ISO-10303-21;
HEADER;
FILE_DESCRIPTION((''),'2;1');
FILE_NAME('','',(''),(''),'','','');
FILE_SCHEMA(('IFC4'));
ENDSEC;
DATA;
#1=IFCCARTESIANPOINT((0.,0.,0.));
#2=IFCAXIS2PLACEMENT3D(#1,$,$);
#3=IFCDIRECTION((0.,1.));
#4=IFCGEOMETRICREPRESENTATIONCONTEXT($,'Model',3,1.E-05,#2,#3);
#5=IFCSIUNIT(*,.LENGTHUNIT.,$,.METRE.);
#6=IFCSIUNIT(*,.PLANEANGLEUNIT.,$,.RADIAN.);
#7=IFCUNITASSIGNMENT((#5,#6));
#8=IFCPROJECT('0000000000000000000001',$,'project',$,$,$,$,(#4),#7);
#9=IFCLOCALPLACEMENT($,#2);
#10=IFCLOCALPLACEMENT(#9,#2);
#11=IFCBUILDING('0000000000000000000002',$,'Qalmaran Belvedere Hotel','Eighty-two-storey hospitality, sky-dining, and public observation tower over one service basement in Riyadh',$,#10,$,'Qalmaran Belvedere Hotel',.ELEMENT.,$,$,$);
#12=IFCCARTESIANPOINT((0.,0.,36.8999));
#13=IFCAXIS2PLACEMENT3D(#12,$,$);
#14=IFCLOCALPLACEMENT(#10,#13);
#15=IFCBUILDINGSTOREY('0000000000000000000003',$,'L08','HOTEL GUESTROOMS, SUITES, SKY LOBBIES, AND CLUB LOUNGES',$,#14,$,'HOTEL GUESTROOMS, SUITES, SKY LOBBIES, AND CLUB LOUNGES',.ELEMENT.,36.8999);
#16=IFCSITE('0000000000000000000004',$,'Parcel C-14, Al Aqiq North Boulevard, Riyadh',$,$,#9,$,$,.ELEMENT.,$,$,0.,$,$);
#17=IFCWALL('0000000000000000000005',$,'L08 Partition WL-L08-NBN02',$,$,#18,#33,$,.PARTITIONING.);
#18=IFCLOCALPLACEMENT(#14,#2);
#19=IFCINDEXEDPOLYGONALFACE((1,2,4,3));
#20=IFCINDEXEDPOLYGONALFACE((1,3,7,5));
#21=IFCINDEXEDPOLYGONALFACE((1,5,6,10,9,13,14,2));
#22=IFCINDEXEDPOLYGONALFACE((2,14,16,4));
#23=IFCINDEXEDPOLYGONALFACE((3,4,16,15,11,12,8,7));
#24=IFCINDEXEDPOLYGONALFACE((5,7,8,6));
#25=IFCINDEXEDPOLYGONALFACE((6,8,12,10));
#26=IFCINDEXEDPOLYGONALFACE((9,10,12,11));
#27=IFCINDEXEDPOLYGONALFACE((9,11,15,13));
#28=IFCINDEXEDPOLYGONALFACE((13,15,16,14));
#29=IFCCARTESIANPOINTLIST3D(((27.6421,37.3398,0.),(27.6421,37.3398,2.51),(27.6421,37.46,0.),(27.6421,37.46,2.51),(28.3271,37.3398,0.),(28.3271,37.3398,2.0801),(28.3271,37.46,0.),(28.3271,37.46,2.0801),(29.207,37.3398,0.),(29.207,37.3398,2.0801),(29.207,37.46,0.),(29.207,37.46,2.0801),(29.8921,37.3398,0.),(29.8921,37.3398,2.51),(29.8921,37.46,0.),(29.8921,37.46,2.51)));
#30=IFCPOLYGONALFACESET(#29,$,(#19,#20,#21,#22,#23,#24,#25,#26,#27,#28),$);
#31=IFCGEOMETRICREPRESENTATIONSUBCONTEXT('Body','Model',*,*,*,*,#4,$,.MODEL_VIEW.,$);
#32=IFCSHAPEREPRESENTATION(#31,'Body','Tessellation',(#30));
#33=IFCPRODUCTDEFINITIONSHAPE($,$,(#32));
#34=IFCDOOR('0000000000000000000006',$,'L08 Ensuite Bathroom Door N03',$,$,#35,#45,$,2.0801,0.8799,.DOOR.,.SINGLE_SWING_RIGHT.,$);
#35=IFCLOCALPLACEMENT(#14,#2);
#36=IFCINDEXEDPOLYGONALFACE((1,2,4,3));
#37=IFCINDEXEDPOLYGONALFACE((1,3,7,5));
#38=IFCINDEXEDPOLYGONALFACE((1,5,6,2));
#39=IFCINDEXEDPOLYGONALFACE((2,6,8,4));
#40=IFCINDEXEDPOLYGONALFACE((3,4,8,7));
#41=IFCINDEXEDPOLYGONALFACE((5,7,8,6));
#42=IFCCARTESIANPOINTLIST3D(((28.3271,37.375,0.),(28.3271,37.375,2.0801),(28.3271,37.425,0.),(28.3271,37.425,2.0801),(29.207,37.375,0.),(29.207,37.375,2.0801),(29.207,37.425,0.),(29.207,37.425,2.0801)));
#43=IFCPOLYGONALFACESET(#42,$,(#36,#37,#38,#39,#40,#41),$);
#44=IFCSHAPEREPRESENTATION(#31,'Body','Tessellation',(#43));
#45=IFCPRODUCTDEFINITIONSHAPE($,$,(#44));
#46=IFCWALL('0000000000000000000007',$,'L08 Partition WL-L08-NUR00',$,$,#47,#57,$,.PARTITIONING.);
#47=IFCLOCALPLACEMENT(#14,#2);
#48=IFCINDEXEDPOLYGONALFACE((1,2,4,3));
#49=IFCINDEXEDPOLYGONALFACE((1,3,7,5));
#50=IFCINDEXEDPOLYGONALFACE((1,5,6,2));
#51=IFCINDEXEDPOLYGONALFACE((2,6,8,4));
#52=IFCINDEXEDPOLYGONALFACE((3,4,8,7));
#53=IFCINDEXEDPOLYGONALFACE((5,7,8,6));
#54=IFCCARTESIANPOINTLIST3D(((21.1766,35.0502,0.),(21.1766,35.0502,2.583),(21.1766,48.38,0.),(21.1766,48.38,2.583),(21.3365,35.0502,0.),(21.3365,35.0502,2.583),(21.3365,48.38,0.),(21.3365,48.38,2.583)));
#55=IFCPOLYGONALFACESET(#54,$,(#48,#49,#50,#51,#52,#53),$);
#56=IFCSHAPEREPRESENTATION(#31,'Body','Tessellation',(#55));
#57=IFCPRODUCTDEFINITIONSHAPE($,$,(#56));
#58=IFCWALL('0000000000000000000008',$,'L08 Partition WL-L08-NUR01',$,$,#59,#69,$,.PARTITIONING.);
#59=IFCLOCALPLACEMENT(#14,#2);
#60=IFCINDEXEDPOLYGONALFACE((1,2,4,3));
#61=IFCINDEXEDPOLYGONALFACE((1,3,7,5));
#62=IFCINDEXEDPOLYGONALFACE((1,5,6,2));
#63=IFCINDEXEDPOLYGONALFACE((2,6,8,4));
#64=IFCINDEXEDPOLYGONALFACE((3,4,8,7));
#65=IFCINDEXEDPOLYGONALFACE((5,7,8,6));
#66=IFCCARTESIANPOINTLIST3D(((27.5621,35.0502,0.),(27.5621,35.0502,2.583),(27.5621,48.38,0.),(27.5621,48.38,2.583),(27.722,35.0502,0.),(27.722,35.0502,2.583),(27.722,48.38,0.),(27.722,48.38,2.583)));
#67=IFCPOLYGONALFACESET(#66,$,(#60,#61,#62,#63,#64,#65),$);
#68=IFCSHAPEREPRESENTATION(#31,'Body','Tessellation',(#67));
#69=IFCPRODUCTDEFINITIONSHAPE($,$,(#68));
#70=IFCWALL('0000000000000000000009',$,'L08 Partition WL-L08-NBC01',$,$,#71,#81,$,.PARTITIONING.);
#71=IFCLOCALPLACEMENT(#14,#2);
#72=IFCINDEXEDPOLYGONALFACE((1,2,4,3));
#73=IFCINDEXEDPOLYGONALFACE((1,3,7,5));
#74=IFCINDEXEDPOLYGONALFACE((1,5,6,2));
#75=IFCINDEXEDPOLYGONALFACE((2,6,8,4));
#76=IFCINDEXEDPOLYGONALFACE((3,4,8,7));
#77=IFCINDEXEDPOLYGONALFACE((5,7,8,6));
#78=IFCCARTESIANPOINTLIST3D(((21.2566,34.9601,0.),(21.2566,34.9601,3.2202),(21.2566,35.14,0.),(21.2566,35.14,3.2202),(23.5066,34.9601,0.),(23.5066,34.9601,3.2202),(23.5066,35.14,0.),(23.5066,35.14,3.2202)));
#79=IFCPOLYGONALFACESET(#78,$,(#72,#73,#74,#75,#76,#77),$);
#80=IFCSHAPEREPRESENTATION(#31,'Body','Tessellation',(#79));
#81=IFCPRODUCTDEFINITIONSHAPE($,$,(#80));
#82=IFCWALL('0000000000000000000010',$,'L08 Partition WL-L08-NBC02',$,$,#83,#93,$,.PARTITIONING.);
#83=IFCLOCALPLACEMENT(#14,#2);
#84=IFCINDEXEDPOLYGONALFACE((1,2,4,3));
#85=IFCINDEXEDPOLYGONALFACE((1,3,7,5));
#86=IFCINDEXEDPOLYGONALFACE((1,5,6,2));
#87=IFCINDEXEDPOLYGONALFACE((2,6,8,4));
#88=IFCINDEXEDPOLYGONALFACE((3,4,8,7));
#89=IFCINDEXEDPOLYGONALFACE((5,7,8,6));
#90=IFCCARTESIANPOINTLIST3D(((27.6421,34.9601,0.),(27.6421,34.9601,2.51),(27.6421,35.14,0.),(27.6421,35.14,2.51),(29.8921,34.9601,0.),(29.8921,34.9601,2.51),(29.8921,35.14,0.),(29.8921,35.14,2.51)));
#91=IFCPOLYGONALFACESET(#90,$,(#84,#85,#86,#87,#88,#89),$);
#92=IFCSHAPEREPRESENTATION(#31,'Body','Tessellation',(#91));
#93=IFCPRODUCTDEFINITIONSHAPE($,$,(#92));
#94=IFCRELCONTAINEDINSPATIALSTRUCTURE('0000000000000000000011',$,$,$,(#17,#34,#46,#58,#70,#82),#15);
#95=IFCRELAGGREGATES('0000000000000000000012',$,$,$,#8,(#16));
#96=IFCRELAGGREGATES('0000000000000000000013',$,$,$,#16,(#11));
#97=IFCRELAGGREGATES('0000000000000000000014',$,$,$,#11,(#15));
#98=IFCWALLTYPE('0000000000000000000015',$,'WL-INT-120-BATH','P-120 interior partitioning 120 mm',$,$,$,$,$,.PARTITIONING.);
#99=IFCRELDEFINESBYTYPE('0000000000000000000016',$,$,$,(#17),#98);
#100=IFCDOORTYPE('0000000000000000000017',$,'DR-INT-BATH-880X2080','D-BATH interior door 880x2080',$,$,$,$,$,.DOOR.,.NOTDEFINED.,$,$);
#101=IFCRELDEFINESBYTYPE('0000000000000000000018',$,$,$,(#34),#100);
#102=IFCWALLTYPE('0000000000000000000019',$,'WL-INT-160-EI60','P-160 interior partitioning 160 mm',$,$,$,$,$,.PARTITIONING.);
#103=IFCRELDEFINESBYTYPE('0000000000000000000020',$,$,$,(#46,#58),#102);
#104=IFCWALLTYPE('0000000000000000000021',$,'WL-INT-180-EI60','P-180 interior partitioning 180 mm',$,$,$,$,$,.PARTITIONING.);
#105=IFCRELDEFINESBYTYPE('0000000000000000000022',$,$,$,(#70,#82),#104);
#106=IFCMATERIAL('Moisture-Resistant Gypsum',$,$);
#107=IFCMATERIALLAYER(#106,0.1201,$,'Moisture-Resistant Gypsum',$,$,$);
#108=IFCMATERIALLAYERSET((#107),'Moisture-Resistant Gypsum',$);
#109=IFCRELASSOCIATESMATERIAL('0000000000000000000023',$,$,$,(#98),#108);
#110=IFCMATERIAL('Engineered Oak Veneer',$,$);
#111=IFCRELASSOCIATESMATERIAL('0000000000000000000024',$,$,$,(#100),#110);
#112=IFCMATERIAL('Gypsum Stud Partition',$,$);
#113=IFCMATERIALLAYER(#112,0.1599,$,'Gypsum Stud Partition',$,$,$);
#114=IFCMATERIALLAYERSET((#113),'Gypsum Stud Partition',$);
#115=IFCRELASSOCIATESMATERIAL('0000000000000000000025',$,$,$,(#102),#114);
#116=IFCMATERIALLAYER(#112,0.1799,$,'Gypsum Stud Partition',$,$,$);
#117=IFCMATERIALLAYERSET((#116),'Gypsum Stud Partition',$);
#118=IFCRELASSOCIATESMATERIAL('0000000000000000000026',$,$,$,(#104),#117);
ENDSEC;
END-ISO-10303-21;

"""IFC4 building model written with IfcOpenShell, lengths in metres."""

from ifc_helpers import new_model, si_unit, direction, frame, frame_2d, origin, place, context, subcontext, project, spatial, rectangle, extrude, material, layer, layer_set, type_object, element, fill, save


model = new_model("IFC4")

# Units and contexts
model_context = context("Model", 3, precision=1e-05, world=origin(), true_north=direction((0.0, 1.0)))
body_context = subcontext(model_context, "Body", "Model", "MODEL_VIEW")
ifc_project = project(units=[si_unit("LENGTHUNIT", "METRE"), si_unit("PLANEANGLEUNIT", "RADIAN")], contexts=[model_context])

# Site, building, storey
site_placement = place(None, origin())
site = spatial("IfcSite", under=ifc_project, at=site_placement, Name="Parcel C-14, Al Aqiq North Boulevard, Riyadh", CompositionType="ELEMENT", RefElevation=0.0)
building_placement = place(site_placement, origin())
building = spatial("IfcBuilding", under=site, at=building_placement, Name="Qalmaran Belvedere Hotel", Description="Eighty-two-storey hospitality, sky-dining, and public observation tower over one service basement in Riyadh", LongName="Qalmaran Belvedere Hotel", CompositionType="ELEMENT")
storey_placement = place(building_placement, frame((0.0, 0.0, 36.8999)))
storey = spatial("IfcBuildingStorey", under=building, at=storey_placement, Name="L08", Description="HOTEL GUESTROOMS, SUITES, SKY LOBBIES, AND CLUB LOUNGES", LongName="HOTEL GUESTROOMS, SUITES, SKY LOBBIES, AND CLUB LOUNGES", CompositionType="ELEMENT", Elevation=36.8999)

# Shared definitions
ifc_material_1 = material(Name="Moisture-Resistant Gypsum")
ifc_layer_1 = layer(ifc_material_1, 0.1201, Name="Moisture-Resistant Gypsum")
ifc_layer_set_1 = layer_set([ifc_layer_1], Name="Moisture-Resistant Gypsum")
wall_type_1 = type_object("IfcWallType", Name="WL-INT-120-BATH", Description="P-120 interior partitioning 120 mm", PredefinedType="PARTITIONING", material=ifc_layer_set_1)
ifc_material_2 = material(Name="Engineered Oak Veneer")
door_type_1 = type_object("IfcDoorType", Name="DR-INT-BATH-880X2080", Description="D-BATH interior door 880x2080", OperationType="NOTDEFINED", PredefinedType="DOOR", material=ifc_material_2)

# Wall, opening, door
wall_1_placement = place(storey_placement, frame((27.6421, 37.3999, 0.0), z_axis=(0.0, 0.0, 1.0), x_axis=(1.0, 0.0, 0.0)))
wall_1 = element("IfcWall", 1, at=wall_1_placement, inside=storey, type_object=wall_type_1, Name="L08 Partition WL-L08-NBN02", PredefinedType="PARTITIONING", context=body_context, shape_type="SweptSolid", body=[
    extrude(rectangle(XDim=2.25, YDim=0.1201, at=frame_2d((1.125, 0.0))), origin(), (0.0, 0.0, 1.0), 2.51),
])
opening_1_placement = place(wall_1_placement, frame((1.5649, 0.0, 0.0), z_axis=(0.0, 0.0, 1.0), x_axis=(-1.0, 0.0, 0.0)))
opening_1 = element("IfcOpeningElement", 2, at=opening_1_placement, cuts=wall_1, PredefinedType="OPENING", context=body_context, shape_type="SweptSolid", body=[
    extrude(rectangle(XDim=0.8799, YDim=2.0801, at=frame_2d((0.4399, 1.04))), frame((0.0, 0.0701, 0.0), z_axis=(0.0, -1.0, 0.0), x_axis=(1.0, 0.0, 0.0)), (0.0, 0.0, 1.0), 0.1401),
])
door_1_placement = place(opening_1_placement, origin())
door_1 = element("IfcDoor", 3, at=door_1_placement, inside=storey, type_object=door_type_1, Name="L08 Ensuite Bathroom Door N03", OperationType="SINGLE_SWING_RIGHT", OverallHeight=2.0801, OverallWidth=0.8799, PredefinedType="DOOR", context=body_context, shape_type="SweptSolid", body=[
    extrude(rectangle(XDim=0.8799, YDim=2.0801, at=frame_2d((0.4399, 1.04))), frame((0.0, 0.0249, 0.0), z_axis=(0.0, -1.0, 0.0), x_axis=(1.0, 0.0, 0.0)), (0.0, 0.0, 1.0), 0.05),
])
fill(opening_1, door_1)

# Walls
ifc_material_3 = material(Name="Gypsum Stud Partition")
ifc_layer_2 = layer(ifc_material_3, 0.1599, Name="Gypsum Stud Partition")
ifc_layer_set_2 = layer_set([ifc_layer_2], Name="Gypsum Stud Partition")
wall_type_2 = type_object("IfcWallType", Name="WL-INT-160-EI60", Description="P-160 interior partitioning 160 mm", PredefinedType="PARTITIONING", material=ifc_layer_set_2)
for number, where, z_axis, x_axis, name in (
    (4, (21.2566, 35.05, 0.0), (0.0, 0.0, 1.0), (0.0, 1.0, 0.0), "L08 Partition WL-L08-NUR00"),
    (5, (27.6421, 35.05, 0.0), (0.0, 0.0, 1.0), (0.0, 1.0, 0.0), "L08 Partition WL-L08-NUR01"),
):
    element("IfcWall", number, at=place(storey_placement, frame(where, z_axis=z_axis, x_axis=x_axis)), inside=storey, type_object=wall_type_2, Name=name, PredefinedType="PARTITIONING", context=body_context, shape_type="SweptSolid", body=[
        extrude(rectangle(XDim=13.3298, YDim=0.1599, at=frame_2d((6.665, 0.0))), origin(), (0.0, 0.0, 1.0), 2.583),
    ])
ifc_layer_3 = layer(ifc_material_3, 0.1799, Name="Gypsum Stud Partition")
ifc_layer_set_3 = layer_set([ifc_layer_3], Name="Gypsum Stud Partition")
wall_type_3 = type_object("IfcWallType", Name="WL-INT-180-EI60", Description="P-180 interior partitioning 180 mm", PredefinedType="PARTITIONING", material=ifc_layer_set_3)
wall_2_placement = place(storey_placement, frame((21.2566, 35.05, 0.0), z_axis=(0.0, 0.0, 1.0), x_axis=(1.0, 0.0, 0.0)))
element("IfcWall", 6, at=wall_2_placement, inside=storey, type_object=wall_type_3, Name="L08 Partition WL-L08-NBC01", PredefinedType="PARTITIONING", context=body_context, shape_type="SweptSolid", body=[
    extrude(rectangle(XDim=2.25, YDim=0.1799, at=frame_2d((1.125, 0.0))), origin(), (0.0, 0.0, 1.0), 3.2202),
])

# Wall
wall_3_placement = place(storey_placement, frame((27.6421, 35.05, 0.0), z_axis=(0.0, 0.0, 1.0), x_axis=(1.0, 0.0, 0.0)))
element("IfcWall", 7, at=wall_3_placement, inside=storey, type_object=wall_type_3, Name="L08 Partition WL-L08-NBC02", PredefinedType="PARTITIONING", context=body_context, shape_type="SweptSolid", body=[
    extrude(rectangle(XDim=2.25, YDim=0.1799, at=frame_2d((1.125, 0.0))), origin(), (0.0, 0.0, 1.0), 2.51),
])

save(model, "model.ifc")
